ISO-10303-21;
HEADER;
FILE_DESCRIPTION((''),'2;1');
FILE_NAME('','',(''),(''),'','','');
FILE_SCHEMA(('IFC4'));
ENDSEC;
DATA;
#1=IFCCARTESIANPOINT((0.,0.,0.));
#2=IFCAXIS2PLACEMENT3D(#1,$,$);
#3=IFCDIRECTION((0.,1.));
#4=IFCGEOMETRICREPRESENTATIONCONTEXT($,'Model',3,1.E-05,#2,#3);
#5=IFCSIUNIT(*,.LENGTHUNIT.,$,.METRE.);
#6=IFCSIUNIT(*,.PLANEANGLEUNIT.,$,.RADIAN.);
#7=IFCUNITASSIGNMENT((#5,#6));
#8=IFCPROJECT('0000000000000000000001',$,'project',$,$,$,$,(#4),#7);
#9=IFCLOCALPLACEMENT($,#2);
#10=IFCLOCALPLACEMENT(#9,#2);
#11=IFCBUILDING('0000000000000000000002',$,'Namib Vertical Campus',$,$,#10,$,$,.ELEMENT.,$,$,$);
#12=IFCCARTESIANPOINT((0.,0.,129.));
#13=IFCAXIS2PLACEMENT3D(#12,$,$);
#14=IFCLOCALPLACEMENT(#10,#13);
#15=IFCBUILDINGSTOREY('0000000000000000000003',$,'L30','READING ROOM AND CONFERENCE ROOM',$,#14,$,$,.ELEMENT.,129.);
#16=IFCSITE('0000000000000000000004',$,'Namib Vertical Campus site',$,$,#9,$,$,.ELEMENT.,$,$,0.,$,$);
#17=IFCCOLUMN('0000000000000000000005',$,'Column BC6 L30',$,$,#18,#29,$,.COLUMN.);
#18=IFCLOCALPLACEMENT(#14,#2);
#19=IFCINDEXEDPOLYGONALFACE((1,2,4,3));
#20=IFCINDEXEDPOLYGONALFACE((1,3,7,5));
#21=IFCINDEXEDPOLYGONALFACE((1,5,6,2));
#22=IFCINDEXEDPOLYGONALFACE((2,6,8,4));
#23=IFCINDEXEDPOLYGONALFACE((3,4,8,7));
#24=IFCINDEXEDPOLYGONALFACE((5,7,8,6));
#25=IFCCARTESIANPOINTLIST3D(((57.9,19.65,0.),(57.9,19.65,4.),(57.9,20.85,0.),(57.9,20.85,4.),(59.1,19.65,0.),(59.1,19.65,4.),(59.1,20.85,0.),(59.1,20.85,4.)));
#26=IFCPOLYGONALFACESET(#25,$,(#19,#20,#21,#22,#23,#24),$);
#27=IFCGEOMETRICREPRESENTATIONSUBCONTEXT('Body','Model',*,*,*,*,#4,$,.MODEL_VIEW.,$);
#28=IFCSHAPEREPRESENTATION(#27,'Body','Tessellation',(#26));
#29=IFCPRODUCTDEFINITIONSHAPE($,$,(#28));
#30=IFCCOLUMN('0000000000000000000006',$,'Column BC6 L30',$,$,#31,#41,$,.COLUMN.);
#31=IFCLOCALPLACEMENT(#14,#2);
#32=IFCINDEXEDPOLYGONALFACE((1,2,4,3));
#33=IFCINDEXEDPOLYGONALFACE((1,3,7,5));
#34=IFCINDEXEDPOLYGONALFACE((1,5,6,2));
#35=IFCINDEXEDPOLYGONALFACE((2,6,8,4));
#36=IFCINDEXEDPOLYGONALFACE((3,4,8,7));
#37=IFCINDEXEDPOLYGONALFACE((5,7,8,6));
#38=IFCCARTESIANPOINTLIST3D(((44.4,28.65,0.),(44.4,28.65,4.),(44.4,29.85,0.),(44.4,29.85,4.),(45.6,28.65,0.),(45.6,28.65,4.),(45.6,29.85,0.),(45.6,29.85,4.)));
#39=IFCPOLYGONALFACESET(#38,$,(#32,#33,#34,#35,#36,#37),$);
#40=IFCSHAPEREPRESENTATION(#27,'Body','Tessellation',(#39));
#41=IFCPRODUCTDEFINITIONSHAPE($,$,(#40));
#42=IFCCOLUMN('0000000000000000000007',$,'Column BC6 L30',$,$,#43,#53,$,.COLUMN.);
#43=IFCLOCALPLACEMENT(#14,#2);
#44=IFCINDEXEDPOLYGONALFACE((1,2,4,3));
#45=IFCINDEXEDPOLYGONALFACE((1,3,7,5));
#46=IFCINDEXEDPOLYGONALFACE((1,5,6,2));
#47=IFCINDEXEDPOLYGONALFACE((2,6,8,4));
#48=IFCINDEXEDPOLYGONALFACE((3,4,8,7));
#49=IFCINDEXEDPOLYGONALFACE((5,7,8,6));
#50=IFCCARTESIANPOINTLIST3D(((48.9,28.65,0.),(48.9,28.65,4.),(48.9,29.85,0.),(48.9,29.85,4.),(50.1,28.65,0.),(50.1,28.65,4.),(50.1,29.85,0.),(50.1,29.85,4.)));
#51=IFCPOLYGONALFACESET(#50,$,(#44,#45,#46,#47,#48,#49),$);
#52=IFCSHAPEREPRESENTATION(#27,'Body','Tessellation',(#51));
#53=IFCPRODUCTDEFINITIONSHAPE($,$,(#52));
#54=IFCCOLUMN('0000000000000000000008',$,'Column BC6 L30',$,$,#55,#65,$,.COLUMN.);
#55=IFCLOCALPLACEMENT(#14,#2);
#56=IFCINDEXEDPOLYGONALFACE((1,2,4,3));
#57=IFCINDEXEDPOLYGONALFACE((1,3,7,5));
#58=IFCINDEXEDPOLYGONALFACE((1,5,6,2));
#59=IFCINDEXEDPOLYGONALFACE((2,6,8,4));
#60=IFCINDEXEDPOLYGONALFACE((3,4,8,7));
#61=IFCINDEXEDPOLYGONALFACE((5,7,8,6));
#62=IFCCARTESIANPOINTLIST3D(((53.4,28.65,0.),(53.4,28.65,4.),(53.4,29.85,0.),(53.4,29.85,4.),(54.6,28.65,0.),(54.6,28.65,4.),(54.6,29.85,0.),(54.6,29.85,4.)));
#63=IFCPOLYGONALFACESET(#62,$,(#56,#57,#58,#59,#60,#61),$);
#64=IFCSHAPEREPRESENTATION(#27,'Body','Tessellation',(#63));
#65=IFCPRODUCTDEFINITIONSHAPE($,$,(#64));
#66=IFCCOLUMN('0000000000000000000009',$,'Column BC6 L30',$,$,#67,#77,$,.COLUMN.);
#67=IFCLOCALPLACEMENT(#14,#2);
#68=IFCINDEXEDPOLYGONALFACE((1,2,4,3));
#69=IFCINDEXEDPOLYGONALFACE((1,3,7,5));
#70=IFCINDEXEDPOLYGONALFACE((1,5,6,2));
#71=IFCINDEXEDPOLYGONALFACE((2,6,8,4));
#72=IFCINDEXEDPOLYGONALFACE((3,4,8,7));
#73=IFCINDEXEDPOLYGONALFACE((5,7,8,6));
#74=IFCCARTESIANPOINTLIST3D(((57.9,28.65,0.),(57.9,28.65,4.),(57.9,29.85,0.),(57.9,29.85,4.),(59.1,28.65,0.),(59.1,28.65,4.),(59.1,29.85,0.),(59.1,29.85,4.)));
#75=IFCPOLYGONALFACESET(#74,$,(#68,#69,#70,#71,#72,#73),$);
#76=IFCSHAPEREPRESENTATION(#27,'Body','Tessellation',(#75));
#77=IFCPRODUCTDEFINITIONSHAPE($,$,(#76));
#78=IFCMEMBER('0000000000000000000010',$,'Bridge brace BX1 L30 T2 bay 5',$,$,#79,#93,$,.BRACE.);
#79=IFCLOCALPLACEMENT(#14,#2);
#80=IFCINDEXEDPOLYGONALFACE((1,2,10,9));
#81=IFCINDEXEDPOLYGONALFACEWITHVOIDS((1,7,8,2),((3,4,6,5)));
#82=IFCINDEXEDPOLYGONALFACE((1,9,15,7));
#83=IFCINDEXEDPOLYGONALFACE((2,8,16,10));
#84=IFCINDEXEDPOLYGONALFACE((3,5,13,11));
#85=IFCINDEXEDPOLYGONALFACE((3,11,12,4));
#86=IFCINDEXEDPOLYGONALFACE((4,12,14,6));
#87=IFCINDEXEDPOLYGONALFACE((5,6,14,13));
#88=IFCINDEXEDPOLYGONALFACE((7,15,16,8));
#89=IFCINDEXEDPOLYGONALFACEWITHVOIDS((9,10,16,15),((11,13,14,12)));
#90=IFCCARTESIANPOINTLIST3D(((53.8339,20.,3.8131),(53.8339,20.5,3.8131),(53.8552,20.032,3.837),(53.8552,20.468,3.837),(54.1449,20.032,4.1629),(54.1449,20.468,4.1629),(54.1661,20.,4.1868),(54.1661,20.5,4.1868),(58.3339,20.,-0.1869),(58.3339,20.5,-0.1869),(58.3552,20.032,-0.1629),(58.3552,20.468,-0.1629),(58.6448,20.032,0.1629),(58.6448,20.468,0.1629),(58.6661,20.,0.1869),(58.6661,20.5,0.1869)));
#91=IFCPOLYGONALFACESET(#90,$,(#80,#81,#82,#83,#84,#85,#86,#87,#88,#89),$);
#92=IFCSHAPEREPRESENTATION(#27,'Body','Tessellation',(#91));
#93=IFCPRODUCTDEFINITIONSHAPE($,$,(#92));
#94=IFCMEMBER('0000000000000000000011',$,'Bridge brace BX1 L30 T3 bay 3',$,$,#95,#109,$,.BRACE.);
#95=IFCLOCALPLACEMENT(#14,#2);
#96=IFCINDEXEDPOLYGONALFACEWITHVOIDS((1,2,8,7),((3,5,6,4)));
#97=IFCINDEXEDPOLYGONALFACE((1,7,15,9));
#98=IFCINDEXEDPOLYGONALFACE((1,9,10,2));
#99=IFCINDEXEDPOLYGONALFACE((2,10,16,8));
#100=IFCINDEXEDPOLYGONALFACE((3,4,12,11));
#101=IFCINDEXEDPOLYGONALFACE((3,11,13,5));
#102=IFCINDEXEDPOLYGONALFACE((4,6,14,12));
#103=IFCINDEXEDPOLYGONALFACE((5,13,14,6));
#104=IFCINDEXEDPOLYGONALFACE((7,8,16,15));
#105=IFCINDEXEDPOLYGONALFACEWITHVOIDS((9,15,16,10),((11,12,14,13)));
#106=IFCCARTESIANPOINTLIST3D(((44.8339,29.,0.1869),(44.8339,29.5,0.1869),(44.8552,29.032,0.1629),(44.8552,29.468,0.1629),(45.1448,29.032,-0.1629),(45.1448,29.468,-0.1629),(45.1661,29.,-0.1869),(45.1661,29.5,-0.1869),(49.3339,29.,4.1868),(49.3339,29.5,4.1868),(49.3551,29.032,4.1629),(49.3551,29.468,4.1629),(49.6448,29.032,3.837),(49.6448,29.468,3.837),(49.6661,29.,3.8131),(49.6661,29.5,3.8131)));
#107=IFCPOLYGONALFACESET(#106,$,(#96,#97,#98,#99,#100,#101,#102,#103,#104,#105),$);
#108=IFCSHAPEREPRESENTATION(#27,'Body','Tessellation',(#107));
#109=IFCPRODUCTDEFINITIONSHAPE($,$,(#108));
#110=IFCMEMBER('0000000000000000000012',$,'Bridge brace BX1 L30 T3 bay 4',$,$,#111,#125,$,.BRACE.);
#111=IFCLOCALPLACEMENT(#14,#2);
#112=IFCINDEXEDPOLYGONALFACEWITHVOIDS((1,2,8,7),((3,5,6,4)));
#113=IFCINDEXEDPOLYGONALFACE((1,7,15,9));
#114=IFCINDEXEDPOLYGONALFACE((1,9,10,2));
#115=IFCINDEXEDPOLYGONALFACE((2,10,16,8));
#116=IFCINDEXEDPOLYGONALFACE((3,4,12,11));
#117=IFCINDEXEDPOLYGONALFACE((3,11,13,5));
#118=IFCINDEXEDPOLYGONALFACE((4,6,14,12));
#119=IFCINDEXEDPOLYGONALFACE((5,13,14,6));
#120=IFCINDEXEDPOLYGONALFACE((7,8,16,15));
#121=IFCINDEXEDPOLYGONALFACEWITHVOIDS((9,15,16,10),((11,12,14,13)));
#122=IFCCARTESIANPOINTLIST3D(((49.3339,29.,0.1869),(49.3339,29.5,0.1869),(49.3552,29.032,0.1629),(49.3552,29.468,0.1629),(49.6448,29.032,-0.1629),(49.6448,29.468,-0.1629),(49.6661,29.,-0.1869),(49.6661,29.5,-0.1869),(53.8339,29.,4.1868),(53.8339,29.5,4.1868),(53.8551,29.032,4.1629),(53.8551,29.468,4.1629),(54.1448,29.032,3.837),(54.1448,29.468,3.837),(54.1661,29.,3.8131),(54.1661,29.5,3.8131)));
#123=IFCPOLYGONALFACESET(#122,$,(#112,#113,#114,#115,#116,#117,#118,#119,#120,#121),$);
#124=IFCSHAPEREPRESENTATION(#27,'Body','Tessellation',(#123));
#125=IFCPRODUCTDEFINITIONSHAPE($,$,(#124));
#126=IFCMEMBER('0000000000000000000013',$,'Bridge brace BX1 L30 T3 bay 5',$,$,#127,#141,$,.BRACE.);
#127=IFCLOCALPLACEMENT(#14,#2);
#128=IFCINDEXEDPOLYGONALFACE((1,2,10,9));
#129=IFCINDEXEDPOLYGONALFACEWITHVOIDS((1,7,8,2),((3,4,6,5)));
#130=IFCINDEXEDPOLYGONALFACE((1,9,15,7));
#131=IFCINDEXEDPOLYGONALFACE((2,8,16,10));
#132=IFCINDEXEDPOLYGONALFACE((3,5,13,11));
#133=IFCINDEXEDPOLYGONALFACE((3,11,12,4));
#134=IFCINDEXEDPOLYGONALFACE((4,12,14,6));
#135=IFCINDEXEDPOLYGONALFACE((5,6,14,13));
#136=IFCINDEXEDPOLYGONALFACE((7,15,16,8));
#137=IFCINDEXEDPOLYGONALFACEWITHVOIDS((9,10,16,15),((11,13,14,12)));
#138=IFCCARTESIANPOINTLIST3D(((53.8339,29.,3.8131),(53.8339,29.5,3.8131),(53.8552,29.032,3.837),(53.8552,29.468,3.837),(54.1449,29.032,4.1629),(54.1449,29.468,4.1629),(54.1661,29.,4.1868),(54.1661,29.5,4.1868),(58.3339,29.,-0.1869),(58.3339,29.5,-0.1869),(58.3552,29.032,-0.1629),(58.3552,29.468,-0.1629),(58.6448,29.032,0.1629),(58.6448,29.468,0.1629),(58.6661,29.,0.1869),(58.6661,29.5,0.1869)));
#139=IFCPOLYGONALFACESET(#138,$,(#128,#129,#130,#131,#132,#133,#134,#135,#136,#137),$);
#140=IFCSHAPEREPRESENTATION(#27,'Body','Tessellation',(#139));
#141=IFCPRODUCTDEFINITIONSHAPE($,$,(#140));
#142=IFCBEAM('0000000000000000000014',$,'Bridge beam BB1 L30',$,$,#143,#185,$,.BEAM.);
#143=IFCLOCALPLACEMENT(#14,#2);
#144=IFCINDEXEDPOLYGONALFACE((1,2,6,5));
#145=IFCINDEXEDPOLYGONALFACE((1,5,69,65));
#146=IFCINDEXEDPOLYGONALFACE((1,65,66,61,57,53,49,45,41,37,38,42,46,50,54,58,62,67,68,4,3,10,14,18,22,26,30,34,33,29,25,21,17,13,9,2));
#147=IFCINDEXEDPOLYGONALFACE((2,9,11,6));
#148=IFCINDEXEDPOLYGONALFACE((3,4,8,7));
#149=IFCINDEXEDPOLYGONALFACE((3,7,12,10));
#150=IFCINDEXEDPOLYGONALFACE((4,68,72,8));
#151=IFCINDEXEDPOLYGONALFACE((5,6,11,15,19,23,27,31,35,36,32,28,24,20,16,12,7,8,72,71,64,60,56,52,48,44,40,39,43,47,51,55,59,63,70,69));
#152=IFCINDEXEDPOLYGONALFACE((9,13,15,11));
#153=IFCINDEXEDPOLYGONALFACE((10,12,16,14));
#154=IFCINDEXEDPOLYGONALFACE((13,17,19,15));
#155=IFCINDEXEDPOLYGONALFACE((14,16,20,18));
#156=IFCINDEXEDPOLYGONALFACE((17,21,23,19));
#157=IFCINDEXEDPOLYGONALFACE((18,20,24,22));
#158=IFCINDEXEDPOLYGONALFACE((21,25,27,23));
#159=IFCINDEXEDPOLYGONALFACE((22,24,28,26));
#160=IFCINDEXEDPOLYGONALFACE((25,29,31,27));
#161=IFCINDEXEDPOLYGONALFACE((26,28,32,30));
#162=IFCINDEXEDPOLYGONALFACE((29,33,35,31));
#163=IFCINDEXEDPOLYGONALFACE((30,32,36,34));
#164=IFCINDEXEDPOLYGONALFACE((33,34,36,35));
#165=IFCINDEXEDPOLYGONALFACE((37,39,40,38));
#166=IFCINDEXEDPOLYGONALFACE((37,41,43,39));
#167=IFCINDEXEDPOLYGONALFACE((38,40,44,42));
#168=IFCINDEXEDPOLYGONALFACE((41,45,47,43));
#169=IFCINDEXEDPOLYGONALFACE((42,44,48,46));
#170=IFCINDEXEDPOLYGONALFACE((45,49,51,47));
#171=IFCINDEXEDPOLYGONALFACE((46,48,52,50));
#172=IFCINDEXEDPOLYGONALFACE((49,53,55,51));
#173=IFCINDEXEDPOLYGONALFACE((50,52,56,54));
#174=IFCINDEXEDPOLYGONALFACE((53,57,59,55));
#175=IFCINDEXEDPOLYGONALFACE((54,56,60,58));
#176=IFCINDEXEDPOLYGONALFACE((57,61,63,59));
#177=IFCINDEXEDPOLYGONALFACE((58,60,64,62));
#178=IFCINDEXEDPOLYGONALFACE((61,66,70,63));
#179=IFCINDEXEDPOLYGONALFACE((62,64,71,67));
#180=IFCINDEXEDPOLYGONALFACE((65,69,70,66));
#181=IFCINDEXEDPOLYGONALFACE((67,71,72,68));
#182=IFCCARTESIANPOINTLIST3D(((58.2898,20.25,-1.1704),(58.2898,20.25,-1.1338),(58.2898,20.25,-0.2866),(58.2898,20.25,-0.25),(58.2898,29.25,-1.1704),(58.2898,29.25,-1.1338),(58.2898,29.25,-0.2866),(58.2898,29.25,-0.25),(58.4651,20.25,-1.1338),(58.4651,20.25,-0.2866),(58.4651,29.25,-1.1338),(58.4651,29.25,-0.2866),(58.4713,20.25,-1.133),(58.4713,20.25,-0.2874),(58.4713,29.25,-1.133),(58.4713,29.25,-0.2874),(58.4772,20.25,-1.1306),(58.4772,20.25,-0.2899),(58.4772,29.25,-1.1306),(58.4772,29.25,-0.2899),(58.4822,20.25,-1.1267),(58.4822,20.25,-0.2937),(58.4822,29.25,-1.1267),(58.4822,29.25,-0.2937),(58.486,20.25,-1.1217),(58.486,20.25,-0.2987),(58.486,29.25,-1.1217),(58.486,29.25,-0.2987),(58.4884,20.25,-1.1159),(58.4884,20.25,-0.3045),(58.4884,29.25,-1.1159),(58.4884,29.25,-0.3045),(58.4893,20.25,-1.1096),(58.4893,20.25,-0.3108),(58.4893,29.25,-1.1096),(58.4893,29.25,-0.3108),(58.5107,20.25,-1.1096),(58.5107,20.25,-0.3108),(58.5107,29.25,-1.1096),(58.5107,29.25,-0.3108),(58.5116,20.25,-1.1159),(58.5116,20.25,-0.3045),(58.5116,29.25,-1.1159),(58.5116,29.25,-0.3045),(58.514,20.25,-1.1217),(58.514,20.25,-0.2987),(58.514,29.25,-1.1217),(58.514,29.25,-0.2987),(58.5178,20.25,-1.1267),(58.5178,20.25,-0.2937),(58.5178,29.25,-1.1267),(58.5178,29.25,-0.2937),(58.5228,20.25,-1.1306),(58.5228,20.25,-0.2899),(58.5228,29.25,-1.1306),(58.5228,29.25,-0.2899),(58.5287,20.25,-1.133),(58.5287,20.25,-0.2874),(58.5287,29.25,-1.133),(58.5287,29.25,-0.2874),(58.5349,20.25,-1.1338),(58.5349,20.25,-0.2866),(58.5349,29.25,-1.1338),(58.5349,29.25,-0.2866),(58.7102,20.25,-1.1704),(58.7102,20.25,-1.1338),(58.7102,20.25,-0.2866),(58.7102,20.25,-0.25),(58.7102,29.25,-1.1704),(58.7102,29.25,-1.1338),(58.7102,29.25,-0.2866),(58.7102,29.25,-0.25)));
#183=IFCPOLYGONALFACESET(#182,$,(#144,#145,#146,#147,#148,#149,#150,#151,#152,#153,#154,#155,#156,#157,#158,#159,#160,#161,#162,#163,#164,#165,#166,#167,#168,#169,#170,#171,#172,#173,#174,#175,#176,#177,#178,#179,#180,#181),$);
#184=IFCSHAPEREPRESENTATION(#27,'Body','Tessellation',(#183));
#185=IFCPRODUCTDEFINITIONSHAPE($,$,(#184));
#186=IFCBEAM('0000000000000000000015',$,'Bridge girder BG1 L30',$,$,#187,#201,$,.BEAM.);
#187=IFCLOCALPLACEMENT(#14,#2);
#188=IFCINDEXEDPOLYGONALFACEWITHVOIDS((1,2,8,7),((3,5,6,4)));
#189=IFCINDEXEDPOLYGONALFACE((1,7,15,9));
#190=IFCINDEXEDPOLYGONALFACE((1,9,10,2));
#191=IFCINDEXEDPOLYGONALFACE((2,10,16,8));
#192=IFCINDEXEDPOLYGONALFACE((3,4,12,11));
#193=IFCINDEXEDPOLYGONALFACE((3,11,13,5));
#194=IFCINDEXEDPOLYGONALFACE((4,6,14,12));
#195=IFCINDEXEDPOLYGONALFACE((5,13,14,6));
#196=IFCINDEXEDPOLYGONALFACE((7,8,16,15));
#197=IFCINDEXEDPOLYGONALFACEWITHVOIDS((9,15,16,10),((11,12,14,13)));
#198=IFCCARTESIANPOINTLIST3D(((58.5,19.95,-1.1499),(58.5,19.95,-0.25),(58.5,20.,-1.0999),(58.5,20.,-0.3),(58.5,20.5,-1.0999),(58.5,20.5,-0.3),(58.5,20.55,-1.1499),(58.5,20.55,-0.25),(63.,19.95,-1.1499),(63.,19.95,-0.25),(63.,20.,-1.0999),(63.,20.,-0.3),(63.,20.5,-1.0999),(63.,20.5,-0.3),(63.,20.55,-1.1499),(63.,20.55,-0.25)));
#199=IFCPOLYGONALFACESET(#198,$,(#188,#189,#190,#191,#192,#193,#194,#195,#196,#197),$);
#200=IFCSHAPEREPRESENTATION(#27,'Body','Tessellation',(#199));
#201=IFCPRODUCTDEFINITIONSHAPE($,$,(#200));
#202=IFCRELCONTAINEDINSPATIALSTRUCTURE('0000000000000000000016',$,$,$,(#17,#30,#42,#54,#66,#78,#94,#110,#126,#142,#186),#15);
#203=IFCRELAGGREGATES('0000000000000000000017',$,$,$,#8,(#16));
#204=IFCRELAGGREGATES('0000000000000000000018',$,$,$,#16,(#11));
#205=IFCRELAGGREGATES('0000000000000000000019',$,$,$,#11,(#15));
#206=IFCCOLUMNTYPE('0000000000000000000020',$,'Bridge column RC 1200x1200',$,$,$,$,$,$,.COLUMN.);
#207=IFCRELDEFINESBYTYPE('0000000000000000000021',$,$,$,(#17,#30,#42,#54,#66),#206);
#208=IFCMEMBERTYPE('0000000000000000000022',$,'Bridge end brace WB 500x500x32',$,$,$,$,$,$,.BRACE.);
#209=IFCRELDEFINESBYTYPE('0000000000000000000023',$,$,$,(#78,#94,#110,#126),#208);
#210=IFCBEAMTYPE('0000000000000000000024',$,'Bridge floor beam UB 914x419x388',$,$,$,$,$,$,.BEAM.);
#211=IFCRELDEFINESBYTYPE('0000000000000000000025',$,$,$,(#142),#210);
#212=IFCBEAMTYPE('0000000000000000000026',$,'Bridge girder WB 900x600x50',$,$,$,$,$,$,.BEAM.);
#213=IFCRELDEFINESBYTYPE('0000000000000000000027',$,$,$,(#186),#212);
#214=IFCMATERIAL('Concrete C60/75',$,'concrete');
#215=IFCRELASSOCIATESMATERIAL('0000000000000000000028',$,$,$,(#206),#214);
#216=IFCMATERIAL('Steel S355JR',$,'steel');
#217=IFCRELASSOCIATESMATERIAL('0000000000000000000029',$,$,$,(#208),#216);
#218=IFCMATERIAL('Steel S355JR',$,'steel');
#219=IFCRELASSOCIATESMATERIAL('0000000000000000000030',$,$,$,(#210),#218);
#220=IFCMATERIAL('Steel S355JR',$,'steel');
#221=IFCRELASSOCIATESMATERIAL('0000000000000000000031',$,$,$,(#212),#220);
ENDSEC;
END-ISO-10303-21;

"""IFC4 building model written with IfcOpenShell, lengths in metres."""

from ifc_helpers import new_model, si_unit, direction, frame, origin, origin_2d, place, context, subcontext, project, spatial, rectangle, hollow_rectangle, i_section, extrude, material, material_profile, profile_set, type_object, element, save


model = new_model("IFC4")

# Units and contexts
model_context = context("Model", 3, precision=1e-05, world=origin(), true_north=direction((0.0, 1.0)))
body_context = subcontext(model_context, "Body", "Model", "MODEL_VIEW")
ifc_project = project(units=[si_unit("LENGTHUNIT", "METRE"), si_unit("PLANEANGLEUNIT", "RADIAN")], contexts=[model_context])

# Site, building, storey
site_placement = place(None, origin())
site = spatial("IfcSite", under=ifc_project, at=site_placement, Name="Namib Vertical Campus site", CompositionType="ELEMENT", RefElevation=0.0)
building_placement = place(site_placement, origin())
building = spatial("IfcBuilding", under=site, at=building_placement, Name="Namib Vertical Campus", CompositionType="ELEMENT")
storey_placement = place(building_placement, frame((0.0, 0.0, 129.0)))
storey = spatial("IfcBuildingStorey", under=building, at=storey_placement, Name="L30", Description="READING ROOM AND CONFERENCE ROOM", CompositionType="ELEMENT", Elevation=129.0)

# Columns
ifc_material_1 = material(Name="Concrete C60/75", Category="concrete")
ifc_material_profile_1 = material_profile(ifc_material_1, rectangle(XDim=1.2, YDim=1.2, at=origin_2d()))
ifc_profile_set_1 = profile_set([ifc_material_profile_1], Name="Concrete C60/75")
column_type = type_object("IfcColumnType", Name="Bridge column RC 1200x1200", PredefinedType="COLUMN", material=ifc_profile_set_1)
for number, where, z_axis, x_axis, name in (
    (1, (58.5, 20.25, 0.0), (0.0, 0.0, 1.0), (1.0, 0.0, 0.0), "Column BC6 L30"),
    (2, (45.0, 29.25, 0.0), (0.0, 0.0, 1.0), (1.0, 0.0, 0.0), "Column BC6 L30"),
    (3, (49.5, 29.25, 0.0), (0.0, 0.0, 1.0), (1.0, 0.0, 0.0), "Column BC6 L30"),
    (4, (54.0, 29.25, 0.0), (0.0, 0.0, 1.0), (1.0, 0.0, 0.0), "Column BC6 L30"),
    (5, (58.5, 29.25, 0.0), (0.0, 0.0, 1.0), (1.0, 0.0, 0.0), "Column BC6 L30"),
):
    element("IfcColumn", number, at=place(storey_placement, frame(where, z_axis=z_axis, x_axis=x_axis)), inside=storey, type_object=column_type, Name=name, PredefinedType="COLUMN", context=body_context, shape_type="SweptSolid", body=[
        extrude(rectangle(XDim=1.2, YDim=1.2, at=origin_2d()), origin(), (0.0, 0.0, 1.0), 4.0),
    ])

# Members
ifc_material_2 = material(Name="Steel S355JR", Category="steel")
ifc_material_profile_2 = material_profile(ifc_material_2, hollow_rectangle(XDim=0.5, YDim=0.5, WallThickness=0.032, at=origin_2d()))
ifc_profile_set_2 = profile_set([ifc_material_profile_2], Name="Steel S355JR")
member_type_1 = type_object("IfcMemberType", Name="Bridge end brace WB 500x500x32", PredefinedType="BRACE", material=ifc_profile_set_2)
for number, where, z_axis, x_axis, name in (
    (6, (58.5, 20.25, 0.0), (-0.747409, 0.0, 0.664364), (0.0, -1.0, 0.0), "Bridge brace BX1 L30 T2 bay 5"),
    (7, (45.0, 29.25, 0.0), (0.747409, 0.0, 0.664364), (0.0, 1.0, 0.0), "Bridge brace BX1 L30 T3 bay 3"),
    (8, (49.5, 29.25, 0.0), (0.747409, 0.0, 0.664364), (0.0, 1.0, 0.0), "Bridge brace BX1 L30 T3 bay 4"),
    (9, (58.5, 29.25, 0.0), (-0.747409, 0.0, 0.664364), (0.0, -1.0, 0.0), "Bridge brace BX1 L30 T3 bay 5"),
):
    element("IfcMember", number, at=place(storey_placement, frame(where, z_axis=z_axis, x_axis=x_axis)), inside=storey, type_object=member_type_1, Name=name, PredefinedType="BRACE", context=body_context, shape_type="SweptSolid", body=[
        extrude(hollow_rectangle(XDim=0.5, YDim=0.5, WallThickness=0.032, at=origin_2d()), origin(), (0.0, 0.0, 1.0), 6.0208),
    ])

# Beams
ifc_material_3 = material(Name="Steel S355JR", Category="steel")
ifc_material_profile_3 = material_profile(ifc_material_3, i_section(OverallWidth=0.4204, OverallDepth=0.9204, WebThickness=0.0215, FlangeThickness=0.0366, FilletRadius=0.0242, at=origin_2d()))
ifc_profile_set_3 = profile_set([ifc_material_profile_3], Name="Steel S355JR")
beam_type_1 = type_object("IfcBeamType", Name="Bridge floor beam UB 914x419x388", PredefinedType="BEAM", material=ifc_profile_set_3)
beam_placement = place(storey_placement, frame((58.5, 20.25, -0.7102), z_axis=(0.0, 1.0, 0.0), x_axis=(-1.0, 0.0, 0.0)))
element("IfcBeam", 10, at=beam_placement, inside=storey, type_object=beam_type_1, Name="Bridge beam BB1 L30", PredefinedType="BEAM", context=body_context, shape_type="SweptSolid", body=[
    extrude(i_section(OverallWidth=0.4204, OverallDepth=0.9204, WebThickness=0.0215, FlangeThickness=0.0366, FilletRadius=0.0242, at=origin_2d()), origin(), (0.0, 0.0, 1.0), 9.0),
])
ifc_material_4 = material(Name="Steel S355JR", Category="steel")
ifc_material_profile_4 = material_profile(ifc_material_4, hollow_rectangle(XDim=0.6001, YDim=0.8999, WallThickness=0.05, at=origin_2d()))
ifc_profile_set_4 = profile_set([ifc_material_profile_4], Name="Steel S355JR")
beam_type_2 = type_object("IfcBeamType", Name="Bridge girder WB 900x600x50", PredefinedType="BEAM", material=ifc_profile_set_4)
for number, where, z_axis, x_axis, name in (
    (11, (58.5, 20.25, -0.7), (1.0, 0.0, 0.0), (0.0, 1.0, 0.0), "Bridge girder BG1 L30"),
):
    element("IfcBeam", number, at=place(storey_placement, frame(where, z_axis=z_axis, x_axis=x_axis)), inside=storey, type_object=beam_type_2, Name=name, PredefinedType="BEAM", context=body_context, shape_type="SweptSolid", body=[
        extrude(hollow_rectangle(XDim=0.6001, YDim=0.8999, WallThickness=0.05, at=origin_2d()), origin(), (0.0, 0.0, 1.0), 4.5),
    ])

save(model, "model.ifc")
